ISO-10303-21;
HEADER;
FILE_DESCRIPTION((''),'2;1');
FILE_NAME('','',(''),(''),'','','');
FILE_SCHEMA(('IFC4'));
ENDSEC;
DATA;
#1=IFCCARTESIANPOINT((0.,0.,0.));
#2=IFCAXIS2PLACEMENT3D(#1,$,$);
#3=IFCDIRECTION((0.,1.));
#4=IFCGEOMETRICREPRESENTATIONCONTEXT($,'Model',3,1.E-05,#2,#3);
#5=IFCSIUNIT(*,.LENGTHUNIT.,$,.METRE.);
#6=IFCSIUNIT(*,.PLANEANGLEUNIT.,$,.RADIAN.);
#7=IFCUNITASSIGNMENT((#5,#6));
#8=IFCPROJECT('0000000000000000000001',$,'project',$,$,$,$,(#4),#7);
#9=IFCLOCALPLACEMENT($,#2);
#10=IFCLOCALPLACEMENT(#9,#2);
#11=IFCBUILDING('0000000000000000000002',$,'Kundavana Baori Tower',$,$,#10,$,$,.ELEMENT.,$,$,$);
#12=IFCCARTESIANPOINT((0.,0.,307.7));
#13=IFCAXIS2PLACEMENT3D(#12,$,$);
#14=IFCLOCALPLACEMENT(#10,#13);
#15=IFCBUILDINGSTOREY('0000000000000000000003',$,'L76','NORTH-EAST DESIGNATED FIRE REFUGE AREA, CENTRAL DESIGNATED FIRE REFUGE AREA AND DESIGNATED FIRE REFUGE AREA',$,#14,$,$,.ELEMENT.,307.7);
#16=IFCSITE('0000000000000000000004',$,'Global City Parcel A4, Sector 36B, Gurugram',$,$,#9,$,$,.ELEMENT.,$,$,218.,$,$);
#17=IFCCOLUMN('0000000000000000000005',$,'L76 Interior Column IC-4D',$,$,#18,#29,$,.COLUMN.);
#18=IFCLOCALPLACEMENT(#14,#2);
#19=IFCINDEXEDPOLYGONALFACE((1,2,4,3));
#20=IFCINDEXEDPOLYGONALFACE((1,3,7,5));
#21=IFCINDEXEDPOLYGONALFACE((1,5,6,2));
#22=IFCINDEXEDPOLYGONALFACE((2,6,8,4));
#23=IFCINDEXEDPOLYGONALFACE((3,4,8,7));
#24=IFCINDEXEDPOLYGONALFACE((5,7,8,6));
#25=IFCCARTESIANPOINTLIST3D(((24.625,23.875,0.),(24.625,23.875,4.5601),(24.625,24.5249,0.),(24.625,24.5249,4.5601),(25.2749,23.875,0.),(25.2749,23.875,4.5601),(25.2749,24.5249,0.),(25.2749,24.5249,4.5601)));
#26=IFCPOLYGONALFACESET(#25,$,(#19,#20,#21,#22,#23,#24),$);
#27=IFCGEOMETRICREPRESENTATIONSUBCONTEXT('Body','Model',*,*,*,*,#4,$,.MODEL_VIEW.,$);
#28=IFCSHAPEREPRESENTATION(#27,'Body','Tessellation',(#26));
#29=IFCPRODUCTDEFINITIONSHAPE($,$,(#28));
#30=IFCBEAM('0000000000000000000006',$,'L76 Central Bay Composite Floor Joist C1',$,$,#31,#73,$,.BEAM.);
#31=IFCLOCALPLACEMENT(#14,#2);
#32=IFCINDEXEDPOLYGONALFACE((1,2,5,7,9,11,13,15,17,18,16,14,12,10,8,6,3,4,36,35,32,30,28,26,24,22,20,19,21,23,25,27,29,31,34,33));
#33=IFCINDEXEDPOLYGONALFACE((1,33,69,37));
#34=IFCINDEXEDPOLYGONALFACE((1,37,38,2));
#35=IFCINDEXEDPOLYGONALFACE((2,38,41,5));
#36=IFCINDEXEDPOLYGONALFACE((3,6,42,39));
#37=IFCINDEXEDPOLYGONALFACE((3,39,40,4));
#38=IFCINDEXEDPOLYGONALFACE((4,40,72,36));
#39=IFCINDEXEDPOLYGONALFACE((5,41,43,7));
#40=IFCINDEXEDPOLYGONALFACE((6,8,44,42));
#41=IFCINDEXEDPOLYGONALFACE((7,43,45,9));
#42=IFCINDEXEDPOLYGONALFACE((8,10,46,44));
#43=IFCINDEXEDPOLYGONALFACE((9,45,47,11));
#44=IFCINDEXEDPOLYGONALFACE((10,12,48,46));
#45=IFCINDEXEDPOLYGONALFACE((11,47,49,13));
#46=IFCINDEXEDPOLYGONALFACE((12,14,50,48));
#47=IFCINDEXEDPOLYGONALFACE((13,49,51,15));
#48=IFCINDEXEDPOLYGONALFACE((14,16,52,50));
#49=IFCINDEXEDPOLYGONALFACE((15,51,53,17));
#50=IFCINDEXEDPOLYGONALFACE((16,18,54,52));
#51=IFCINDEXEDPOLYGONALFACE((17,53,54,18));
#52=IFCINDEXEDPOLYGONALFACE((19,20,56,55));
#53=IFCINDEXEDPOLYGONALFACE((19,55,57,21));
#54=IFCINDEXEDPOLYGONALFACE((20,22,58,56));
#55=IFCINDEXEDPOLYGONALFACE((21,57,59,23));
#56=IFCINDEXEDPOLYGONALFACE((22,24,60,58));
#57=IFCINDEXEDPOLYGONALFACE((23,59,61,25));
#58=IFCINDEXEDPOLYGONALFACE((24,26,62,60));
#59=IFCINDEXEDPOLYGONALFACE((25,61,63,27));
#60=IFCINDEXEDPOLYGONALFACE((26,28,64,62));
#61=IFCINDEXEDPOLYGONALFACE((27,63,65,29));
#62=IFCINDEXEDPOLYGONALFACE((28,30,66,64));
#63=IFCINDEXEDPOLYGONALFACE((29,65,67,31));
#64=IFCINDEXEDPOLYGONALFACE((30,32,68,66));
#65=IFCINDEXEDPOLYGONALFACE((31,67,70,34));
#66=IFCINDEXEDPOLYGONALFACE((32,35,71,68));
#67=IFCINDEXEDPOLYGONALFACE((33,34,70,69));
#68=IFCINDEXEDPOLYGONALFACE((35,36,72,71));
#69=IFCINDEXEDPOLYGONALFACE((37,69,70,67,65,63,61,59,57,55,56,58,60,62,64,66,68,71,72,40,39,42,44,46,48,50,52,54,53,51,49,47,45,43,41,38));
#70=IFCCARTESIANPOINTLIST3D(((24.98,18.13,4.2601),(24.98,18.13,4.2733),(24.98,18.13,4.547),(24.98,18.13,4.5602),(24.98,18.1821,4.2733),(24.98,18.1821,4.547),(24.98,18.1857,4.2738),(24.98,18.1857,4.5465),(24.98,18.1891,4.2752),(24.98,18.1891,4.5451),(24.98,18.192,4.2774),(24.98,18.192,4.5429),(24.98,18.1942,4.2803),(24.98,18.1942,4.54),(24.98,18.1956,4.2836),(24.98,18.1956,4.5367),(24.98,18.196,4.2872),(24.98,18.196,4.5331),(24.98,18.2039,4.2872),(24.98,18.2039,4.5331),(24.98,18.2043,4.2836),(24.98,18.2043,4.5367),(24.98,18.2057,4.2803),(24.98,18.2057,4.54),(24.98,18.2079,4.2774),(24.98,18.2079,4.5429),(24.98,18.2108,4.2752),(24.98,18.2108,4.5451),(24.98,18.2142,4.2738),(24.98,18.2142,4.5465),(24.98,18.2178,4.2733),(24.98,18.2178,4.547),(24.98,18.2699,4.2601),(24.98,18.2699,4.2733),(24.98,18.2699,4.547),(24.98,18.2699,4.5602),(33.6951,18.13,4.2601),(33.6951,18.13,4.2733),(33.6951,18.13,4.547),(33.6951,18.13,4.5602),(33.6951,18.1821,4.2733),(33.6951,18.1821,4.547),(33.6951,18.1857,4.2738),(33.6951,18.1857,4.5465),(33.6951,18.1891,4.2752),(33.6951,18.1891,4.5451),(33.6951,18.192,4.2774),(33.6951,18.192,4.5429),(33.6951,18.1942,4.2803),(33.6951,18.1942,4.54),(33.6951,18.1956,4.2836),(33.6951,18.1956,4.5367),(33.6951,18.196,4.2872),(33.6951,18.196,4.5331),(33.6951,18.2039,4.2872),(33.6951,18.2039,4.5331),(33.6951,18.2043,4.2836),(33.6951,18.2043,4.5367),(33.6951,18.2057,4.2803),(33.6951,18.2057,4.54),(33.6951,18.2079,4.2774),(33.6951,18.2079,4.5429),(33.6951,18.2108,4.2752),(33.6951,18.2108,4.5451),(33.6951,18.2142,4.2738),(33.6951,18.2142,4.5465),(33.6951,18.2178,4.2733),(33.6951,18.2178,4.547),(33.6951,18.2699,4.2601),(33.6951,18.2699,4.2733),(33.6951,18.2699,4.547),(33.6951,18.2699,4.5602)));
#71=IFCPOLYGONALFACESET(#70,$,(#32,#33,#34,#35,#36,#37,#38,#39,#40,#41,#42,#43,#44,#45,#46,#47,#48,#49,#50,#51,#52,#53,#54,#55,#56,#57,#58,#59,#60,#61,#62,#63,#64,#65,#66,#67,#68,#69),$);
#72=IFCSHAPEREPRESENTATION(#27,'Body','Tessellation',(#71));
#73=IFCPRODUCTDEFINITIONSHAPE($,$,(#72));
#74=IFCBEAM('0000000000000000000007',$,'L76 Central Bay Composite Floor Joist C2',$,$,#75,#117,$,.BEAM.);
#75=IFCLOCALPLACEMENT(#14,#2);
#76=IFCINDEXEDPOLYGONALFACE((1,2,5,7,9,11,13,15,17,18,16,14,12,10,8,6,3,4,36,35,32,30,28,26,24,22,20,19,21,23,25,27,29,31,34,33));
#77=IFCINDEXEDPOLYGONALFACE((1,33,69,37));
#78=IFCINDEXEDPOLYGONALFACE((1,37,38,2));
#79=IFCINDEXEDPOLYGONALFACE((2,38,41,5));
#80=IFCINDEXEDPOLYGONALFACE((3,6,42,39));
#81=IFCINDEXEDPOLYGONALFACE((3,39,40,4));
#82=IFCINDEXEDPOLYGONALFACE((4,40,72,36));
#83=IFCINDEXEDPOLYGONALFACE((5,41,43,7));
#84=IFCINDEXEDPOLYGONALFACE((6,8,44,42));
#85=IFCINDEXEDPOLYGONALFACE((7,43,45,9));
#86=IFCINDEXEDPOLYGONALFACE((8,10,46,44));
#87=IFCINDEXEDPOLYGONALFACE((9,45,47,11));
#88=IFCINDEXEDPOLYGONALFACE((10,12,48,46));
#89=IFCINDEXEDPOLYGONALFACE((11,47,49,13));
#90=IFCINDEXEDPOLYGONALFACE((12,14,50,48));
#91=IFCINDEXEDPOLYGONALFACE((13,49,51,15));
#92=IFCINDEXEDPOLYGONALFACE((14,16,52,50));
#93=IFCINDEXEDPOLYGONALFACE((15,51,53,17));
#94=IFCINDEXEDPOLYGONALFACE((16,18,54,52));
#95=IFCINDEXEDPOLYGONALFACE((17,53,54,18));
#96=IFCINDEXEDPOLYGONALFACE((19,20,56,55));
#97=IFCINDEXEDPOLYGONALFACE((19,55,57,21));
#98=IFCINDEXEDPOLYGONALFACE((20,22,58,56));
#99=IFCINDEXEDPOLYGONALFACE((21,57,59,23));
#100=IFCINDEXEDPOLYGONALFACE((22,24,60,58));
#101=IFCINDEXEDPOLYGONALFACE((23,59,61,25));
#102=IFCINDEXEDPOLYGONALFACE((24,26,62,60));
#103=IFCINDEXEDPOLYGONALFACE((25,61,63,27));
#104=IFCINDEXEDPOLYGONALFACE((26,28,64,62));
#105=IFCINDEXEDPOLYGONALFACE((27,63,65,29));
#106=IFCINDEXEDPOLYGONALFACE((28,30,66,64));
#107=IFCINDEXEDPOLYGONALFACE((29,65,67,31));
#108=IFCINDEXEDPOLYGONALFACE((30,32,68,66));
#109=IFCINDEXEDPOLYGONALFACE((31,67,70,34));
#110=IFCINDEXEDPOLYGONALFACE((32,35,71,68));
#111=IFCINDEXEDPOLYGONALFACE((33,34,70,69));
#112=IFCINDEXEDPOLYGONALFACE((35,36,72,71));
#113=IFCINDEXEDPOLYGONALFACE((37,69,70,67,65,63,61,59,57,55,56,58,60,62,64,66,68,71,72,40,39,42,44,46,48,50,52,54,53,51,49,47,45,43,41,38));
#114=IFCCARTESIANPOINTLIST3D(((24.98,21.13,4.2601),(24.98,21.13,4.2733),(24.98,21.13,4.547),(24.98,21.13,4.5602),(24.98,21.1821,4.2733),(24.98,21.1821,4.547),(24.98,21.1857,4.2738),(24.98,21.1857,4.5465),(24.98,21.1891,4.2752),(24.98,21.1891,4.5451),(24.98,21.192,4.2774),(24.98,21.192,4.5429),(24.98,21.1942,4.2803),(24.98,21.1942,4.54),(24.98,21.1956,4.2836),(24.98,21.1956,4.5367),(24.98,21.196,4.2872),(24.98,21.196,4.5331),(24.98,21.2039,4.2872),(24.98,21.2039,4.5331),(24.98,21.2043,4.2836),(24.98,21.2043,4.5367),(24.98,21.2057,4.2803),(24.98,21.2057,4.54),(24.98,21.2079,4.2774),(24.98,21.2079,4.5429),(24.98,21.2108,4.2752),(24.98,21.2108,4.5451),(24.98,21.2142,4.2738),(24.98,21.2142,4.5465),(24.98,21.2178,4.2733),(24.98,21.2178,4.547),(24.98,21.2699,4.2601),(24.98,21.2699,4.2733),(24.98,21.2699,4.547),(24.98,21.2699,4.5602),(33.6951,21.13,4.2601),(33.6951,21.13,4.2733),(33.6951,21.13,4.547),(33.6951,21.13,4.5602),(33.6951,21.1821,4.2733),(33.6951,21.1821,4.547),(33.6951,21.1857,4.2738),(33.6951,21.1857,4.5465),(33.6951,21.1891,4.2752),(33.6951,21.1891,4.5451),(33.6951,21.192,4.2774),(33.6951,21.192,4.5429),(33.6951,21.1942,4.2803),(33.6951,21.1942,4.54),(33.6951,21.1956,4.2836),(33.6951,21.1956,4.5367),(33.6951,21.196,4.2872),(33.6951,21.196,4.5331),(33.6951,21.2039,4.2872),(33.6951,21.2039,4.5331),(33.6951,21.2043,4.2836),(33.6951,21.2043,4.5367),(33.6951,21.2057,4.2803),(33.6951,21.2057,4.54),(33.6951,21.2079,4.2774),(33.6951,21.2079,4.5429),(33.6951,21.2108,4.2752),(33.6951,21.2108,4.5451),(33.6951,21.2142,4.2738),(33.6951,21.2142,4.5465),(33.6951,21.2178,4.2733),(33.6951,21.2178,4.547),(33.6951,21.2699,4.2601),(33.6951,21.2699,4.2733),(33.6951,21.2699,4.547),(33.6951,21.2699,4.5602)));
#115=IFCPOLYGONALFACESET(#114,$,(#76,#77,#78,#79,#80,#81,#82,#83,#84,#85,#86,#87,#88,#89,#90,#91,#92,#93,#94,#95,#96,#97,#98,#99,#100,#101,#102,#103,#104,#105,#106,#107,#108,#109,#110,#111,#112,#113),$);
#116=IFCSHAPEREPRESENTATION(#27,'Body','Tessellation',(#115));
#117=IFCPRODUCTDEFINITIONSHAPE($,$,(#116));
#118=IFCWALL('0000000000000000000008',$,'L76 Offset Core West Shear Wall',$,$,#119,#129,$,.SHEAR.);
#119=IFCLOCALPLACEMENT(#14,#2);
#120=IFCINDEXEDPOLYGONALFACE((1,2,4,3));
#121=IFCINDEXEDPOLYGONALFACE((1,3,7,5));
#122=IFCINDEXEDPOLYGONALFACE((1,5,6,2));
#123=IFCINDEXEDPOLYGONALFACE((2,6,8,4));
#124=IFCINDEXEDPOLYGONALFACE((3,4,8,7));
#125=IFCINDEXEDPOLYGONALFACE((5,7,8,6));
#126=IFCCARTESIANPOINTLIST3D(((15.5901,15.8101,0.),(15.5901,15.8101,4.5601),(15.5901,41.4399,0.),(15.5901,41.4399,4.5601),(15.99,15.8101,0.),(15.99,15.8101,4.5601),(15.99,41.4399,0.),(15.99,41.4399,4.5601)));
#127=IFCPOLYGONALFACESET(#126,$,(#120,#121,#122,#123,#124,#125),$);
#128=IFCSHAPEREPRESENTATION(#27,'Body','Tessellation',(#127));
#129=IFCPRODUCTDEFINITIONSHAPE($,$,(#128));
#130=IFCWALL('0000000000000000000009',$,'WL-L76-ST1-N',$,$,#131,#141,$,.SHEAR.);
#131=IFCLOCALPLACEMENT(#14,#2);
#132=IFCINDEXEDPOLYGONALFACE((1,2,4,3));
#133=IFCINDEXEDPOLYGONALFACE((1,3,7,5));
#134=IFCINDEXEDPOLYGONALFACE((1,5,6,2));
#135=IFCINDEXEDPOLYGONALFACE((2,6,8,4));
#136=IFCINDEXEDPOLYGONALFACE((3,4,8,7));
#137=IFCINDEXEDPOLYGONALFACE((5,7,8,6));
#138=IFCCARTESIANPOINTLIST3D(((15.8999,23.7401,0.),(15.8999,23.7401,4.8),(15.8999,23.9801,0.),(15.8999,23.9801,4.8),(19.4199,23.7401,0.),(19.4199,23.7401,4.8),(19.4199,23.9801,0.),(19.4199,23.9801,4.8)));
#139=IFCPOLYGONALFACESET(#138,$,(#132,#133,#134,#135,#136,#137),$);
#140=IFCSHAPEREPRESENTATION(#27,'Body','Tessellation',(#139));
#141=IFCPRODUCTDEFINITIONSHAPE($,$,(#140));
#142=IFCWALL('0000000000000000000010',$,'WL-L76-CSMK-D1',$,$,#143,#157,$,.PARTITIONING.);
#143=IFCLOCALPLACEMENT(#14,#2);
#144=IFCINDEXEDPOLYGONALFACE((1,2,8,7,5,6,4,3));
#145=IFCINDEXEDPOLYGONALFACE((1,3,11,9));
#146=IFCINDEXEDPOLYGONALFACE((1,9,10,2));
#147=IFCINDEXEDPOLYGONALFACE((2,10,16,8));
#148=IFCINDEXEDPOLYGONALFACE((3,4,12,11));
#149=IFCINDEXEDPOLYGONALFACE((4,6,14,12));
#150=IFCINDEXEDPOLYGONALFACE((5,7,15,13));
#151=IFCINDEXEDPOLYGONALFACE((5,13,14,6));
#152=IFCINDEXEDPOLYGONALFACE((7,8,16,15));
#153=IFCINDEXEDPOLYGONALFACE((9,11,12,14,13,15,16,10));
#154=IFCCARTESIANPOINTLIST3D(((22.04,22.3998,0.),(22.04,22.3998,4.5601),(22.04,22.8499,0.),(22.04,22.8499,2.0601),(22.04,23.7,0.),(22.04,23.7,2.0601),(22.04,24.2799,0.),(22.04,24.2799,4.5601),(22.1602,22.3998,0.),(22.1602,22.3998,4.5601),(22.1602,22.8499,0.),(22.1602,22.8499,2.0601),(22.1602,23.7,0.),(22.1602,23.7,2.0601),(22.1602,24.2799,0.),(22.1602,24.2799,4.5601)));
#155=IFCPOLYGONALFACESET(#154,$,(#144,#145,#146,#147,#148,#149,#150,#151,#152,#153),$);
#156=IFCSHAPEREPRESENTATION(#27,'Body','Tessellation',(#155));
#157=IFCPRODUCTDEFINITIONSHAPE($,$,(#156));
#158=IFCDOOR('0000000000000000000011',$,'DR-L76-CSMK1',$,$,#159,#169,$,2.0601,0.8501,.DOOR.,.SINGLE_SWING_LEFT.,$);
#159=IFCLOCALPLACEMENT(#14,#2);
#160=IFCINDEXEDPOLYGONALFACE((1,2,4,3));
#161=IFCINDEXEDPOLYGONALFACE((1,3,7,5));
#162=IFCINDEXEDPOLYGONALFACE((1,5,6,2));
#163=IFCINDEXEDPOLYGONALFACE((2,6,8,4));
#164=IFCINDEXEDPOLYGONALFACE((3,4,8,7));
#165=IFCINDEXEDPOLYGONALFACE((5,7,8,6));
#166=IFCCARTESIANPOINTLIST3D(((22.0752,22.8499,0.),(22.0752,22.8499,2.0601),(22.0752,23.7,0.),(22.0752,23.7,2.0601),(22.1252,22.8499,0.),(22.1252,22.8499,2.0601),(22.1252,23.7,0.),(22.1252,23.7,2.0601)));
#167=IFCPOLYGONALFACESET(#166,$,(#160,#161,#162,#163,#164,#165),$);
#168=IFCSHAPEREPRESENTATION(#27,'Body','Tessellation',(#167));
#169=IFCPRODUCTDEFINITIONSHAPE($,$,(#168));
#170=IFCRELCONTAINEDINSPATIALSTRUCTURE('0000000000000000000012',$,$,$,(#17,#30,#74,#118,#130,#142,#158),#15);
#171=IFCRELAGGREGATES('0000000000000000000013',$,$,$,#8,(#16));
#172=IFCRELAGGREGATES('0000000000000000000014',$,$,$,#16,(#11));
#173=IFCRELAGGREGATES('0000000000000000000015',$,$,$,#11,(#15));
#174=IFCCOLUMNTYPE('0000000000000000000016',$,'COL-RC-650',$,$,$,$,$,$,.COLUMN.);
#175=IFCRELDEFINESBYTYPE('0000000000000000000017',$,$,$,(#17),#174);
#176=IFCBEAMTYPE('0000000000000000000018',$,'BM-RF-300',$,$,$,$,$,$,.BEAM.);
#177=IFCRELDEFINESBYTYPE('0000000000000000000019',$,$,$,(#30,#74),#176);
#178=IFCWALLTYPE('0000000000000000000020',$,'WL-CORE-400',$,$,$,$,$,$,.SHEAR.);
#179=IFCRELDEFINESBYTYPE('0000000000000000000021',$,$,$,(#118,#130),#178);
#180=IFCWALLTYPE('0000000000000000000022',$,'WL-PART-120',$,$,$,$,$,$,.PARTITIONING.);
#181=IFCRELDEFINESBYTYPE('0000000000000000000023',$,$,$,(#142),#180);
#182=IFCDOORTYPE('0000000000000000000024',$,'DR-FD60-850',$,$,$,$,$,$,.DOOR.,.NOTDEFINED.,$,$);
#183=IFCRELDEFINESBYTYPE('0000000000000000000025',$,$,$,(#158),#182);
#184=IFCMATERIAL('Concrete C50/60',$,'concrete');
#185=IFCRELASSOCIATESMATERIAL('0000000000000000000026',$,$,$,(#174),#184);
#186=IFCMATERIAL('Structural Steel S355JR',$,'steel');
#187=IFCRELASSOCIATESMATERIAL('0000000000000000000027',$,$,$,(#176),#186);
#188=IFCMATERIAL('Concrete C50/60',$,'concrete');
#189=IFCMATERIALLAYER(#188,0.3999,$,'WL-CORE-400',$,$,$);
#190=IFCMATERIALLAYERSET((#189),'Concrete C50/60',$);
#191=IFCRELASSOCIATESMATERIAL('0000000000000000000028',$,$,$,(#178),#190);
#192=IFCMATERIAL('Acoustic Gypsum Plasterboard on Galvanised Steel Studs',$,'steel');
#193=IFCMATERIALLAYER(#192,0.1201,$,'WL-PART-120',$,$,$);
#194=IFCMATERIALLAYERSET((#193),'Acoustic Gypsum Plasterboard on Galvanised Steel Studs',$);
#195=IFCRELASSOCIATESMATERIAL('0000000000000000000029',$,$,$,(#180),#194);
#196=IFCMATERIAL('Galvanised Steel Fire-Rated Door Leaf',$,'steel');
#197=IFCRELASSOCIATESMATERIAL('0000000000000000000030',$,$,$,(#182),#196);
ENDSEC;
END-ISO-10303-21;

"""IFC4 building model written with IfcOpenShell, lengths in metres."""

from ifc_helpers import new_model, si_unit, direction, frame, frame_2d, origin, origin_2d, place, context, subcontext, project, spatial, rectangle, i_section, extrude, material, layer, layer_set, material_profile, profile_set, type_object, element, fill, save


model = new_model("IFC4")

# Units and contexts
model_context = context("Model", 3, precision=1e-05, world=origin(), true_north=direction((0.0, 1.0)))
body_context = subcontext(model_context, "Body", "Model", "MODEL_VIEW")
ifc_project = project(units=[si_unit("LENGTHUNIT", "METRE"), si_unit("PLANEANGLEUNIT", "RADIAN")], contexts=[model_context])

# Site, building, storey
site_placement = place(None, origin())
site = spatial("IfcSite", under=ifc_project, at=site_placement, Name="Global City Parcel A4, Sector 36B, Gurugram", CompositionType="ELEMENT", RefElevation=218.0)
building_placement = place(site_placement, origin())
building = spatial("IfcBuilding", under=site, at=building_placement, Name="Kundavana Baori Tower", CompositionType="ELEMENT")
storey_placement = place(building_placement, frame((0.0, 0.0, 307.7)))
storey = spatial("IfcBuildingStorey", under=building, at=storey_placement, Name="L76", Description="NORTH-EAST DESIGNATED FIRE REFUGE AREA, CENTRAL DESIGNATED FIRE REFUGE AREA AND DESIGNATED FIRE REFUGE AREA", CompositionType="ELEMENT", Elevation=307.7)

# Column
ifc_material_1 = material(Name="Concrete C50/60", Category="concrete")
ifc_material_profile_1 = material_profile(ifc_material_1, rectangle(XDim=0.6499, YDim=0.6499, at=origin_2d()), Name="RC 650x650")
ifc_profile_set_1 = profile_set([ifc_material_profile_1], Name="Concrete C50/60")
column_type = type_object("IfcColumnType", Name="COL-RC-650", PredefinedType="COLUMN", material=ifc_profile_set_1)
column_placement = place(storey_placement, frame((24.95, 24.2, 0.0), z_axis=(0.0, 0.0, 1.0), x_axis=(1.0, 0.0, 0.0)))
element("IfcColumn", 1, at=column_placement, inside=storey, type_object=column_type, Name="L76 Interior Column IC-4D", PredefinedType="COLUMN", context=body_context, shape_type="SweptSolid", body=[
    extrude(rectangle(XDim=0.6499, YDim=0.6499, at=origin_2d()), origin(), (0.0, 0.0, 1.0), 4.5601),
])

# Beams
ifc_material_2 = material(Name="Structural Steel S355JR", Category="steel")
ifc_material_profile_2 = material_profile(ifc_material_2, i_section(OverallWidth=0.1399, OverallDepth=0.3, WebThickness=0.0078, FlangeThickness=0.0132, FilletRadius=0.0139, at=origin_2d()), Name="ISMB 300")
ifc_profile_set_2 = profile_set([ifc_material_profile_2], Name="Structural Steel S355JR")
beam_type = type_object("IfcBeamType", Name="BM-RF-300", PredefinedType="BEAM", material=ifc_profile_set_2)
for number, where, z_axis, x_axis, name in (
    (2, (24.98, 18.2, 4.4102), (1.0, 0.0, 0.0), (0.0, 1.0, 0.0), "L76 Central Bay Composite Floor Joist C1"),
    (3, (24.98, 21.2, 4.4102), (1.0, 0.0, 0.0), (0.0, 1.0, 0.0), "L76 Central Bay Composite Floor Joist C2"),
):
    element("IfcBeam", number, at=place(storey_placement, frame(where, z_axis=z_axis, x_axis=x_axis)), inside=storey, type_object=beam_type, Name=name, PredefinedType="BEAM", context=body_context, shape_type="SweptSolid", body=[
        extrude(i_section(OverallWidth=0.1399, OverallDepth=0.3, WebThickness=0.0078, FlangeThickness=0.0132, FilletRadius=0.0139, at=origin_2d()), origin(), (0.0, 0.0, 1.0), 8.7151),
    ])

# Walls
ifc_material_3 = material(Name="Concrete C50/60", Category="concrete")
ifc_layer_1 = layer(ifc_material_3, 0.3999, Name="WL-CORE-400")
ifc_layer_set_1 = layer_set([ifc_layer_1], Name="Concrete C50/60")
wall_type_1 = type_object("IfcWallType", Name="WL-CORE-400", PredefinedType="SHEAR", material=ifc_layer_set_1)
wall_1_placement = place(storey_placement, frame((15.79, 15.8101, 0.0), z_axis=(0.0, 0.0, 1.0), x_axis=(0.0, 1.0, 0.0)))
element("IfcWall", 4, at=wall_1_placement, inside=storey, type_object=wall_type_1, Name="L76 Offset Core West Shear Wall", PredefinedType="SHEAR", context=body_context, shape_type="SweptSolid", body=[
    extrude(rectangle(XDim=25.6299, YDim=0.3999, at=frame_2d((12.8149, 0.0))), origin(), (0.0, 0.0, 1.0), 4.5601),
])
wall_2_placement = place(storey_placement, frame((15.8999, 23.8601, 0.0), z_axis=(0.0, 0.0, 1.0), x_axis=(1.0, 0.0, 0.0)))
element("IfcWall", 5, at=wall_2_placement, inside=storey, type_object=wall_type_1, Name="WL-L76-ST1-N", PredefinedType="SHEAR", context=body_context, shape_type="SweptSolid", body=[
    extrude(rectangle(XDim=3.52, YDim=0.24, at=frame_2d((1.76, 0.0))), origin(), (0.0, 0.0, 1.0), 4.8),
])

# Wall, opening, door
ifc_material_4 = material(Name="Acoustic Gypsum Plasterboard on Galvanised Steel Studs", Category="steel")
ifc_layer_2 = layer(ifc_material_4, 0.1201, Name="WL-PART-120")
ifc_layer_set_2 = layer_set([ifc_layer_2], Name="Acoustic Gypsum Plasterboard on Galvanised Steel Studs")
wall_type_2 = type_object("IfcWallType", Name="WL-PART-120", PredefinedType="PARTITIONING", material=ifc_layer_set_2)
wall_3_placement = place(storey_placement, frame((22.1001, 22.3999, 0.0), z_axis=(0.0, 0.0, 1.0), x_axis=(0.0, 1.0, 0.0)))
wall_3 = element("IfcWall", 6, at=wall_3_placement, inside=storey, type_object=wall_type_2, Name="WL-L76-CSMK-D1", PredefinedType="PARTITIONING", context=body_context, shape_type="SweptSolid", body=[
    extrude(rectangle(XDim=1.8801, YDim=0.1201, at=frame_2d((0.9399, 0.0))), origin(), (0.0, 0.0, 1.0), 4.5601),
])
opening_1_placement = place(wall_3_placement, frame((0.45, 0.0, 0.0)))
opening_1 = element("IfcOpeningElement", 7, at=opening_1_placement, cuts=wall_3, PredefinedType="OPENING", context=body_context, shape_type="SweptSolid", body=[
    extrude(rectangle(XDim=0.8501, YDim=2.0601, at=frame_2d((0.425, 1.03))), frame((0.0, 0.0701, 0.0), z_axis=(0.0, -1.0, 0.0), x_axis=(1.0, 0.0, 0.0)), (0.0, 0.0, 1.0), 0.1401),
])
ifc_material_5 = material(Name="Galvanised Steel Fire-Rated Door Leaf", Category="steel")
door_type_1 = type_object("IfcDoorType", Name="DR-FD60-850", OperationType="NOTDEFINED", PredefinedType="DOOR", material=ifc_material_5)
door_1_placement = place(opening_1_placement, origin())
door_1 = element("IfcDoor", 8, at=door_1_placement, inside=storey, type_object=door_type_1, Name="DR-L76-CSMK1", OperationType="SINGLE_SWING_LEFT", OverallHeight=2.0601, OverallWidth=0.8501, PredefinedType="DOOR", context=body_context, shape_type="SweptSolid", body=[
    extrude(rectangle(XDim=0.8501, YDim=2.0601, at=frame_2d((0.425, 1.03))), frame((0.0, 0.0249, 0.0), z_axis=(0.0, -1.0, 0.0), x_axis=(1.0, 0.0, 0.0)), (0.0, 0.0, 1.0), 0.05),
])
fill(opening_1, door_1)

save(model, "model.ifc")
